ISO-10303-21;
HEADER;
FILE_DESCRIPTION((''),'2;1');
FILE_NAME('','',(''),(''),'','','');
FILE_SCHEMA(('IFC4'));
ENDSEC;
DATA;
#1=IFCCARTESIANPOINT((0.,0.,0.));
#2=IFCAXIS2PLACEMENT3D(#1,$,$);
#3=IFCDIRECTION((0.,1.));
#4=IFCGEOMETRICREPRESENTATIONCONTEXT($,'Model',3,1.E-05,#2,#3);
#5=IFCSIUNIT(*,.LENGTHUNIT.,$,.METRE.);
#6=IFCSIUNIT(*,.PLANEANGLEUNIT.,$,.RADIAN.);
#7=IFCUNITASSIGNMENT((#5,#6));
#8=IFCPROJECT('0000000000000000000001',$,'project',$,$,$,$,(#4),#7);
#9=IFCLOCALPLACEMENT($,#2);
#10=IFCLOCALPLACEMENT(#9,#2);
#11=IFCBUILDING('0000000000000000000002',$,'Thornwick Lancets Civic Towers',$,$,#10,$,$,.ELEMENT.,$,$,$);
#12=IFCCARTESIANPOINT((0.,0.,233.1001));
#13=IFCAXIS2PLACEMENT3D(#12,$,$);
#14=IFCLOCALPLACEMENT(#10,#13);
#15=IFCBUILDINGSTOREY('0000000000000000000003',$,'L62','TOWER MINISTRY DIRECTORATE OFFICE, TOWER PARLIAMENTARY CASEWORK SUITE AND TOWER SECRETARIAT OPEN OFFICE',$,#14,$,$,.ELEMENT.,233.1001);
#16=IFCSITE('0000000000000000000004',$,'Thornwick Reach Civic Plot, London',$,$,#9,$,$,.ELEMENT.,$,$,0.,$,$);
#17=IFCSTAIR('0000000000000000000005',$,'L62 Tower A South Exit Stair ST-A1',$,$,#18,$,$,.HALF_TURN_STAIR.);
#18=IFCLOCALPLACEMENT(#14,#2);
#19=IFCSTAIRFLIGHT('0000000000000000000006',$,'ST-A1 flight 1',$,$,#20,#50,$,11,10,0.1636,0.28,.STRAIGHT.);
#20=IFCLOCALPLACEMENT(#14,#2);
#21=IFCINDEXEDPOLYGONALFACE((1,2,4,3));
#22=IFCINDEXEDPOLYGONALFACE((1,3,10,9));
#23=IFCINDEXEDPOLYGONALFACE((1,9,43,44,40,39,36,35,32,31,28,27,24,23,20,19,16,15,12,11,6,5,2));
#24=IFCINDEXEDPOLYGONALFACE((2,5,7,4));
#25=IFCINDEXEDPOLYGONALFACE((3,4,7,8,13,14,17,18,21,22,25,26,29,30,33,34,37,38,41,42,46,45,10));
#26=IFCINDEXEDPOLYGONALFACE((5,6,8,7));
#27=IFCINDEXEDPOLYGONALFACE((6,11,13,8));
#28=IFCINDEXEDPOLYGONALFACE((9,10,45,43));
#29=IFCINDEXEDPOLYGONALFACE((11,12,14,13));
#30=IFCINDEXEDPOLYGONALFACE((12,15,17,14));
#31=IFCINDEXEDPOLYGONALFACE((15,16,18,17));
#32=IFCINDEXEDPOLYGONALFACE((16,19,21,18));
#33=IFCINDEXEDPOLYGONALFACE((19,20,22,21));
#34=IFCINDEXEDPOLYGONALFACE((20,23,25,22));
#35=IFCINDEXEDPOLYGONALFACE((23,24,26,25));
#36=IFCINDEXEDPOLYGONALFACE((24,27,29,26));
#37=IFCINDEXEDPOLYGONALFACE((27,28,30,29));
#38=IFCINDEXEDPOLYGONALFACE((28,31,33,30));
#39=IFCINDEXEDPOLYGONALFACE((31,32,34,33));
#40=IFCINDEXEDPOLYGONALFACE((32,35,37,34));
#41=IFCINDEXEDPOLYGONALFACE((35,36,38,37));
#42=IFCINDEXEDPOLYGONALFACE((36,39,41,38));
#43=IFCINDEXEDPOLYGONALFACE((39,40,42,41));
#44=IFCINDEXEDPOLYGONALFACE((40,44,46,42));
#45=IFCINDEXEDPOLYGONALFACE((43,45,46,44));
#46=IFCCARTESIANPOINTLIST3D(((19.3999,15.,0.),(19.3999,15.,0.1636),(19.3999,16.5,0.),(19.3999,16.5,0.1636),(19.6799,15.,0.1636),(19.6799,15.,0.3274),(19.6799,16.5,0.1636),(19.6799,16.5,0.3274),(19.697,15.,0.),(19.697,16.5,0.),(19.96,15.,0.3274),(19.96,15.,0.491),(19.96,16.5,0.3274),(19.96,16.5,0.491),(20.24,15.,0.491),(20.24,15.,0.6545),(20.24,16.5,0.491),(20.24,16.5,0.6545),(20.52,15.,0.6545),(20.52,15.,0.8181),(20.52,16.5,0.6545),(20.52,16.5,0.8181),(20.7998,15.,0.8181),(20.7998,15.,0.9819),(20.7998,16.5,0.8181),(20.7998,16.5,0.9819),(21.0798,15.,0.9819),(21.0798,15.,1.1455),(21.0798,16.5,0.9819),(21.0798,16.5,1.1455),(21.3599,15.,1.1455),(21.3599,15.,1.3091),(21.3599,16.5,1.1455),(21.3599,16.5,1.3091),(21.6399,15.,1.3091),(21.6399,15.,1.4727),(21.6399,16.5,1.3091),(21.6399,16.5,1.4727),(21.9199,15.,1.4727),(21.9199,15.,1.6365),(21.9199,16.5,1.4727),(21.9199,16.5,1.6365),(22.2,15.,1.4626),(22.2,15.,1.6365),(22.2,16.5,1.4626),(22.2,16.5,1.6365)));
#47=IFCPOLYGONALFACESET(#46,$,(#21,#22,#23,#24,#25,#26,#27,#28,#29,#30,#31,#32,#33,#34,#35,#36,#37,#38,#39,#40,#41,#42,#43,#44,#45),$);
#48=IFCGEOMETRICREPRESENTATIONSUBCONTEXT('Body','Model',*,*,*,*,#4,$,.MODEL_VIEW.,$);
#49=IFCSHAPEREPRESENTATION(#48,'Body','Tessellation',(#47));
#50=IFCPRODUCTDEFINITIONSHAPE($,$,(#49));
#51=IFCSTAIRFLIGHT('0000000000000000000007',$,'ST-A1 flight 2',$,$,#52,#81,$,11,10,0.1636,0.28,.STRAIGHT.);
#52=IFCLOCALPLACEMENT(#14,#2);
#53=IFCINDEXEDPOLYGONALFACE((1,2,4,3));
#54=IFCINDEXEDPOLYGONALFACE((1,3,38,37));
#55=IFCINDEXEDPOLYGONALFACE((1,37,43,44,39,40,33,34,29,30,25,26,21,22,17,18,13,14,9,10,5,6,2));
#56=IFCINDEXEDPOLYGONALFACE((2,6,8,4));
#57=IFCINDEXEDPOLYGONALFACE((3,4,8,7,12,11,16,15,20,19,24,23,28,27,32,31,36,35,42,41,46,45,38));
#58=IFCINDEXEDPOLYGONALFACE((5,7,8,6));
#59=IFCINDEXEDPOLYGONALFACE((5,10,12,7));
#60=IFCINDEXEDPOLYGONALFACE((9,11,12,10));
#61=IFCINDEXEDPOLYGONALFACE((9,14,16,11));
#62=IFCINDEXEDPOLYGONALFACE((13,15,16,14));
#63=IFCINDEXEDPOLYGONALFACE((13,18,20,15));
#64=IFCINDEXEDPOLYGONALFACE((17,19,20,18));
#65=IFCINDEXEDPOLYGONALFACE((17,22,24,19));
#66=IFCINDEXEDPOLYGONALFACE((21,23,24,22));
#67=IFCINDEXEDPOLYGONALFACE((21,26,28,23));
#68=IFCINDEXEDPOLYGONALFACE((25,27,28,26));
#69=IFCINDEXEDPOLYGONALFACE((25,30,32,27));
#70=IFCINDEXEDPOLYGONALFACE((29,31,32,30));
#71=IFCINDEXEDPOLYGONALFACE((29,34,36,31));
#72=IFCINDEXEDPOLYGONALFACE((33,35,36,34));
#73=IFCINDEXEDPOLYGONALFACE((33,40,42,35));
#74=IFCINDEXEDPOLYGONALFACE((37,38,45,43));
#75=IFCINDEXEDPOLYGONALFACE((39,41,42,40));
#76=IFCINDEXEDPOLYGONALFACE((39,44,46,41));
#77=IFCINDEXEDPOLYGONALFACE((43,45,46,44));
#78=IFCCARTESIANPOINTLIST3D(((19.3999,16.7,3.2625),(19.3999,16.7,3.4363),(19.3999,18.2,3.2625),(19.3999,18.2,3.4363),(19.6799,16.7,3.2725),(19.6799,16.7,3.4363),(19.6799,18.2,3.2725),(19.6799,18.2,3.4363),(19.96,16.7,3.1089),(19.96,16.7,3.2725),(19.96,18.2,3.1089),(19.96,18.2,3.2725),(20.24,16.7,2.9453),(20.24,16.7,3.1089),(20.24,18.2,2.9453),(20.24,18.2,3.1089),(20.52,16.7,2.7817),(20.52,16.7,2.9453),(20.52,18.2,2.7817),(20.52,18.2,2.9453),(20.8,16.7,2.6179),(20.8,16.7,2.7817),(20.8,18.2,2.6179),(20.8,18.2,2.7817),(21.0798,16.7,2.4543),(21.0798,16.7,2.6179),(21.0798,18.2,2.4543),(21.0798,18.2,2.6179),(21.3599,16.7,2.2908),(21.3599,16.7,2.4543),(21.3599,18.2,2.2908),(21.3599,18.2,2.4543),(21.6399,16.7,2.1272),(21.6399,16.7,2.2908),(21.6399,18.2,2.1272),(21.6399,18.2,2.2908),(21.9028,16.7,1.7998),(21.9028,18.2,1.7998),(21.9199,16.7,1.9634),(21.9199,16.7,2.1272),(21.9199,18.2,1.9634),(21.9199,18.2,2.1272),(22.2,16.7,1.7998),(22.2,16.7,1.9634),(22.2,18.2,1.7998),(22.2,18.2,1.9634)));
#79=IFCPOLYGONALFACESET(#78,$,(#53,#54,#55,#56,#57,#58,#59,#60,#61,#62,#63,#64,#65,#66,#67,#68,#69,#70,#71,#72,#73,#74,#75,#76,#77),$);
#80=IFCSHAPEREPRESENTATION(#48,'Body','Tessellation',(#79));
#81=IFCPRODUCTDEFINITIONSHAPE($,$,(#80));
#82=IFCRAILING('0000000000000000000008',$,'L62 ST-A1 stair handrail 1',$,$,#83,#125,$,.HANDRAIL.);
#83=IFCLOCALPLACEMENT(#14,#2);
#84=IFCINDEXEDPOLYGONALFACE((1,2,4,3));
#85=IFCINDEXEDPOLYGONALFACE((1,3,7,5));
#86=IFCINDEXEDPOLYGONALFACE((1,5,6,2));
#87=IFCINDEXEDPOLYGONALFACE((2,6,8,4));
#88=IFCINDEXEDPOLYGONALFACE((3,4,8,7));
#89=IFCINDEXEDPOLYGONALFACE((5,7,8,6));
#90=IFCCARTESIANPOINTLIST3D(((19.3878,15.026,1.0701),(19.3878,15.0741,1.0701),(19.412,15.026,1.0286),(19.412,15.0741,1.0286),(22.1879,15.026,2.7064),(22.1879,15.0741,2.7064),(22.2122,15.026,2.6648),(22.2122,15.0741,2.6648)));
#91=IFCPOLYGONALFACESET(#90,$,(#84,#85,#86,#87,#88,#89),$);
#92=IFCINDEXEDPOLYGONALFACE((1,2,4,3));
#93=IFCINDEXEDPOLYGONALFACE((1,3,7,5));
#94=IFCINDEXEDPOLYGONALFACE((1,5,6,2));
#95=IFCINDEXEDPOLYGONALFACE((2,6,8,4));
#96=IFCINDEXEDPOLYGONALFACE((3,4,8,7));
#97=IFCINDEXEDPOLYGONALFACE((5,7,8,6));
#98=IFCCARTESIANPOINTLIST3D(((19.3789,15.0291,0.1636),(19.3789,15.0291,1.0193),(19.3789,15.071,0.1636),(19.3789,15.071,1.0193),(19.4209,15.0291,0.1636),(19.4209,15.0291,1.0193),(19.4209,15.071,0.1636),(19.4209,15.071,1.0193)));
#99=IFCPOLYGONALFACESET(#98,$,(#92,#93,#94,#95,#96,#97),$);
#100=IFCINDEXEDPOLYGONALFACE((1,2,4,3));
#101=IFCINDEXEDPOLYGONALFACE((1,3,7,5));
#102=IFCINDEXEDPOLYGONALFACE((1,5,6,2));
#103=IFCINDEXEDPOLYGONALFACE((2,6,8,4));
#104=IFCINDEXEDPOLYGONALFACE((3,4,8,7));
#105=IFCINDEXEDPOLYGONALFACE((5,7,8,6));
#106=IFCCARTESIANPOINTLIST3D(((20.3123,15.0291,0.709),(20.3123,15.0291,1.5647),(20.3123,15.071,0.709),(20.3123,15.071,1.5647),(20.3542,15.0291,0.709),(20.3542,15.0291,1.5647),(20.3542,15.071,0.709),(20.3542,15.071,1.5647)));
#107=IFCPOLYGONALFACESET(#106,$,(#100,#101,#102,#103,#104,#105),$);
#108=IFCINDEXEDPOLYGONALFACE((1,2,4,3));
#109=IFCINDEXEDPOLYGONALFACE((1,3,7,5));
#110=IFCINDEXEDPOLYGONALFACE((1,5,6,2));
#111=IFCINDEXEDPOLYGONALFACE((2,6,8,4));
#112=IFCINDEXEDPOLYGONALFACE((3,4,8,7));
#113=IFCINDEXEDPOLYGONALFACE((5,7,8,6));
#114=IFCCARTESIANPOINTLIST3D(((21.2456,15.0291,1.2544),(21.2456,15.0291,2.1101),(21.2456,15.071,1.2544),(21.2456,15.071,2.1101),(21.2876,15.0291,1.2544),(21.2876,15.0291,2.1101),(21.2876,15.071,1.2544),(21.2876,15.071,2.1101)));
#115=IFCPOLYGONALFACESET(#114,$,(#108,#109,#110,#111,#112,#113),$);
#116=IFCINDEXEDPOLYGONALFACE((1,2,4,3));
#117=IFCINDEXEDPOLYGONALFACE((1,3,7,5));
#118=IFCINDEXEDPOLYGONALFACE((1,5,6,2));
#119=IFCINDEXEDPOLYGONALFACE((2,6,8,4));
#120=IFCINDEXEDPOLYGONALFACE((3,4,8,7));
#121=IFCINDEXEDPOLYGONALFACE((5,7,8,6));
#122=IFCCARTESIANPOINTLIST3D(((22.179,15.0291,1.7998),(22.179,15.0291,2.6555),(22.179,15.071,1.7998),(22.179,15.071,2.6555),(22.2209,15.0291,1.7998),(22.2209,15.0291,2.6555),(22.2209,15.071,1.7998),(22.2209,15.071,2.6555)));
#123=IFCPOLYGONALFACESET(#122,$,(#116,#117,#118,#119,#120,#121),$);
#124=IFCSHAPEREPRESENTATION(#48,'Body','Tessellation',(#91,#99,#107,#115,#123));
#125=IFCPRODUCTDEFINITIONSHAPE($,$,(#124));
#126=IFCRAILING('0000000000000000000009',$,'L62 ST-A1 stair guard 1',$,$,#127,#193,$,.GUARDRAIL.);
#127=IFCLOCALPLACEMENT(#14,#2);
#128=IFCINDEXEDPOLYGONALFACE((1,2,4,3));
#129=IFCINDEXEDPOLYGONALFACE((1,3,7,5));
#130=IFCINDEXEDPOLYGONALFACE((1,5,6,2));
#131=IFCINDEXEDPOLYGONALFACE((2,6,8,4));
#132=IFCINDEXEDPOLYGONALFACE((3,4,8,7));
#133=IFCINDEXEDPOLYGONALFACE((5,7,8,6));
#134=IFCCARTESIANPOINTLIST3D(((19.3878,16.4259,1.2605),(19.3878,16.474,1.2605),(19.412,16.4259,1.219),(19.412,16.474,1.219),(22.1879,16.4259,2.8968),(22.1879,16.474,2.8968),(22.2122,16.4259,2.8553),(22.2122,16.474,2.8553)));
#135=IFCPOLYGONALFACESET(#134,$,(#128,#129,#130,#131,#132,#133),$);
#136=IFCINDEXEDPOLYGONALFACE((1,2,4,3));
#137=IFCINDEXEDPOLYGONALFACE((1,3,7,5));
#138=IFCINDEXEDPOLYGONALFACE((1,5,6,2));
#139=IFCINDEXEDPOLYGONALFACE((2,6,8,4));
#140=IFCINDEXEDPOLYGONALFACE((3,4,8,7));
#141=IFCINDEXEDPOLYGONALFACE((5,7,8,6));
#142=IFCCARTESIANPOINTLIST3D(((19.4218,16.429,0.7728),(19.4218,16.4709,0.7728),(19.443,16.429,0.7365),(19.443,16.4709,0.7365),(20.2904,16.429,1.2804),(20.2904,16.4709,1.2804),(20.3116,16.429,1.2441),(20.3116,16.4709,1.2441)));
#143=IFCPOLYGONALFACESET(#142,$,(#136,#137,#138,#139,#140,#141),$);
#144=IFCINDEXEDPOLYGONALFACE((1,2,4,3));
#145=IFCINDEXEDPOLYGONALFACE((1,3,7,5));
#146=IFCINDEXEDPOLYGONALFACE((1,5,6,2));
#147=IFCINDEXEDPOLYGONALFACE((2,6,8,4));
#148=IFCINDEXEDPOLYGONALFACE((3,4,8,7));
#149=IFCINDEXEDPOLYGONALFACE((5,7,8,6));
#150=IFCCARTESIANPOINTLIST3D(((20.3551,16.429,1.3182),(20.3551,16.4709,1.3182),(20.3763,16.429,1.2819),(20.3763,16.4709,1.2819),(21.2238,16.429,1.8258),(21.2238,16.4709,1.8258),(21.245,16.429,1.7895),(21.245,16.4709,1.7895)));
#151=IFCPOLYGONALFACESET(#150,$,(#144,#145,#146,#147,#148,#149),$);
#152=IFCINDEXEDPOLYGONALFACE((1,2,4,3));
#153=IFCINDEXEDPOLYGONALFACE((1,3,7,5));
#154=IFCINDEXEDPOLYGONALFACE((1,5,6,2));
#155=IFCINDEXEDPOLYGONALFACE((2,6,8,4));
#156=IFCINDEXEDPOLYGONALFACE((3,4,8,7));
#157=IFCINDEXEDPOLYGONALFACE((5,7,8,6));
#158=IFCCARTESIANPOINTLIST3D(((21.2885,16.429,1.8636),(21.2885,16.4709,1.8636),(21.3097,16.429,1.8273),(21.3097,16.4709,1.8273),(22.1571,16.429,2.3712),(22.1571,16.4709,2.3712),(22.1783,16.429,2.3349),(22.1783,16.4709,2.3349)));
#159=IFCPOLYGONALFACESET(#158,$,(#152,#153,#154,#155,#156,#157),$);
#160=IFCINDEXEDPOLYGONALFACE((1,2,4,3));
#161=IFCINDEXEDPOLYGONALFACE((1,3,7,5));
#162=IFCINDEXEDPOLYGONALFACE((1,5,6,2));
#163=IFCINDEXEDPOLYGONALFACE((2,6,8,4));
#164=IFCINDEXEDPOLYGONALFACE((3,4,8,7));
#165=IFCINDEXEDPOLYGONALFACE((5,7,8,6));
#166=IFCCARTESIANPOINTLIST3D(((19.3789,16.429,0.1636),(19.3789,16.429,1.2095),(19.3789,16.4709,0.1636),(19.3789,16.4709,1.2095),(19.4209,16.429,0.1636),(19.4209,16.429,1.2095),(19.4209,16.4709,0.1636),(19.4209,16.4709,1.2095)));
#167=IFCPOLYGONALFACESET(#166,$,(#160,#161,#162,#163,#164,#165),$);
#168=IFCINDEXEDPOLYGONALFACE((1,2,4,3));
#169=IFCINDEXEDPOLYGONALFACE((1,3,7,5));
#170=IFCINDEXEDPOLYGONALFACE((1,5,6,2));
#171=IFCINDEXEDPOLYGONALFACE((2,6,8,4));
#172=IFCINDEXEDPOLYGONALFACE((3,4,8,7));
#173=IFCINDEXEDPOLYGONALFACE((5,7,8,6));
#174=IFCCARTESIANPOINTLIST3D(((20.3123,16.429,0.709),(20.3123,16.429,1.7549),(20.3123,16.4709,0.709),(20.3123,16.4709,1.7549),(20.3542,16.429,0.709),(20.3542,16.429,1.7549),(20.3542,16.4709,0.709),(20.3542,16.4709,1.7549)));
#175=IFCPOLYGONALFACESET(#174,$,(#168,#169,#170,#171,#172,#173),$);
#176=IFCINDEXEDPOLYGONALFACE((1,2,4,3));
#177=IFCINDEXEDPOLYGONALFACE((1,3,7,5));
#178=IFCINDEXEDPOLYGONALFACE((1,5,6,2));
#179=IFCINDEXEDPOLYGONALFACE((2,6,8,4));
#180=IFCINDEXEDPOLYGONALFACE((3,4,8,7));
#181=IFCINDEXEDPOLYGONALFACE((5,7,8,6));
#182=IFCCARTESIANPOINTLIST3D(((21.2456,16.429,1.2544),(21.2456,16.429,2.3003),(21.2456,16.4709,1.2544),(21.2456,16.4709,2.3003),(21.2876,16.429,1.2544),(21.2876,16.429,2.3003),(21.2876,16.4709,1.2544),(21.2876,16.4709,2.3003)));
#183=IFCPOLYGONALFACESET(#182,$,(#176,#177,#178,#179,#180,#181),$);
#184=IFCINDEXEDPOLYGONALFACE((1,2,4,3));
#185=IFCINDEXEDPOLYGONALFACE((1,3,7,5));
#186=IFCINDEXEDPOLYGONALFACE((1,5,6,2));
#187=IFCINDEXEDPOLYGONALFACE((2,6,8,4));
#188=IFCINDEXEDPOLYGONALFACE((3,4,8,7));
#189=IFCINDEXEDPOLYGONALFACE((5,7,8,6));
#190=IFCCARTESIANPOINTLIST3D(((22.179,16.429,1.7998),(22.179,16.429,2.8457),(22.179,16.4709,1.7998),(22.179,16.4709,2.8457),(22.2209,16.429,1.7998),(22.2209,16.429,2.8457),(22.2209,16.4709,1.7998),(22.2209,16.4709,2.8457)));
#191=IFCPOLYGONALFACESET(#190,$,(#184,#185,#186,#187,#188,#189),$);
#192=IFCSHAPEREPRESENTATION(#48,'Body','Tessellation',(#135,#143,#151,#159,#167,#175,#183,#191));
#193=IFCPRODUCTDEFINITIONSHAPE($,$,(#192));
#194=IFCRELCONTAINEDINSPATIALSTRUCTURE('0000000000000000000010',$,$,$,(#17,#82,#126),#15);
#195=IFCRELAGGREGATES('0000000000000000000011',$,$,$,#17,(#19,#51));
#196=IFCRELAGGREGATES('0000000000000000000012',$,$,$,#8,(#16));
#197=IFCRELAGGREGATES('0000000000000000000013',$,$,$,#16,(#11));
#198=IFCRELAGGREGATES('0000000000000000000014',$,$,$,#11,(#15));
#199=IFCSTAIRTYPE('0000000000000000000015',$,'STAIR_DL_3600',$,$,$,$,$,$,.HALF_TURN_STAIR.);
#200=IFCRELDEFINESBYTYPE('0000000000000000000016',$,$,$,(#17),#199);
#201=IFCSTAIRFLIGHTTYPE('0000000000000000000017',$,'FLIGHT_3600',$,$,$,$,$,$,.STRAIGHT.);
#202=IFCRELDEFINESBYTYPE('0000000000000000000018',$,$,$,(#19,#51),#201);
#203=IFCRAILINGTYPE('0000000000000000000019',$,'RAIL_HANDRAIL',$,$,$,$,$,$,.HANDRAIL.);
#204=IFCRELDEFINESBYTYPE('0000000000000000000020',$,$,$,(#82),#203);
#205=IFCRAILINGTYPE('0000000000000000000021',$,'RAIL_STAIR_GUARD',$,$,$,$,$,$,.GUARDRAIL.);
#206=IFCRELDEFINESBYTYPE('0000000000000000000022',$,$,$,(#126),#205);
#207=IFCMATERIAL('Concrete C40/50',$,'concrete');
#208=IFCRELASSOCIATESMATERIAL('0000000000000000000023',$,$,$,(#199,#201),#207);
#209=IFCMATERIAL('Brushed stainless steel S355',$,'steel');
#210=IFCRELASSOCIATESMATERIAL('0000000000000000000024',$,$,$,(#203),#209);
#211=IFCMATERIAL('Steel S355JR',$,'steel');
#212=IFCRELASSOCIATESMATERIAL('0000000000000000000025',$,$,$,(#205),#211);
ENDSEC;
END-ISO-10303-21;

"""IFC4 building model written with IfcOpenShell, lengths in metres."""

from ifc_helpers import new_model, si_unit, direction, frame, origin, origin_2d, place, context, subcontext, project, spatial, polyline, rectangle, outline, extrude, material, type_object, element, aggregate, save


model = new_model("IFC4")

# Units and contexts
model_context = context("Model", 3, precision=1e-05, world=origin(), true_north=direction((0.0, 1.0)))
body_context = subcontext(model_context, "Body", "Model", "MODEL_VIEW")
ifc_project = project(units=[si_unit("LENGTHUNIT", "METRE"), si_unit("PLANEANGLEUNIT", "RADIAN")], contexts=[model_context])

# Site, building, storey
site_placement = place(None, origin())
site = spatial("IfcSite", under=ifc_project, at=site_placement, Name="Thornwick Reach Civic Plot, London", CompositionType="ELEMENT", RefElevation=0.0)
building_placement = place(site_placement, origin())
building = spatial("IfcBuilding", under=site, at=building_placement, Name="Thornwick Lancets Civic Towers", CompositionType="ELEMENT")
storey_placement = place(building_placement, frame((0.0, 0.0, 233.1001)))
storey = spatial("IfcBuildingStorey", under=building, at=storey_placement, Name="L62", Description="TOWER MINISTRY DIRECTORATE OFFICE, TOWER PARLIAMENTARY CASEWORK SUITE AND TOWER SECRETARIAT OPEN OFFICE", CompositionType="ELEMENT", Elevation=233.1001)

# Shared definitions
ifc_material_1 = material(Name="Concrete C40/50", Category="concrete")

# Stair, stair flights
stair_type = type_object("IfcStairType", Name="STAIR_DL_3600", PredefinedType="HALF_TURN_STAIR", material=ifc_material_1)
stair_placement = place(storey_placement, origin())
stair = element("IfcStair", 1, at=stair_placement, inside=storey, type_object=stair_type, Name="L62 Tower A South Exit Stair ST-A1", PredefinedType="HALF_TURN_STAIR")
stair_flight_type = type_object("IfcStairFlightType", Name="FLIGHT_3600", PredefinedType="STRAIGHT", material=ifc_material_1)
stair_flight_1_placement = place(storey_placement, frame((19.3999, 15.75, 0.0), z_axis=(0.0, 0.0, 1.0), x_axis=(1.0, 0.0, 0.0)))
stair_flight_1 = element("IfcStairFlight", 2, at=stair_flight_1_placement, type_object=stair_flight_type, Name="ST-A1 flight 1", NumberOfRisers=11, NumberOfTreads=10, PredefinedType="STRAIGHT", RiserHeight=0.1636, TreadLength=0.28, context=body_context, shape_type="SweptSolid", body=[
    extrude(outline(polyline([(0.0, 0.0), (0.0, 0.1636), (0.28, 0.1636), (0.28, 0.3274), (0.5601, 0.3274), (0.5601, 0.491), (0.8401, 0.491), (0.8401, 0.6545), (1.1201, 0.6545), (1.1201, 0.8181), (1.3999, 0.8181), (1.3999, 0.9819), (1.6799, 0.9819), (1.6799, 1.1455), (1.96, 1.1455), (1.96, 1.3091), (2.24, 1.3091), (2.24, 1.4727), (2.52, 1.4727), (2.52, 1.6365), (2.8, 1.6365), (2.8, 1.8), (2.8, 1.4626), (0.2971, 0.0), (0.0, 0.0)])), frame((0.0, 0.75, 0.0), z_axis=(0.0, -1.0, 0.0), x_axis=(1.0, 0.0, 0.0)), (0.0, 0.0, 1.0), 1.5),
])
stair_flight_2_placement = place(storey_placement, frame((22.2, 17.45, 1.7998), z_axis=(0.0, 0.0, 1.0), x_axis=(-1.0, 0.0, 0.0)))
stair_flight_2 = element("IfcStairFlight", 3, at=stair_flight_2_placement, type_object=stair_flight_type, Name="ST-A1 flight 2", NumberOfRisers=11, NumberOfTreads=10, PredefinedType="STRAIGHT", RiserHeight=0.1636, TreadLength=0.28, context=body_context, shape_type="SweptSolid", body=[
    extrude(outline(polyline([(0.0, 0.0), (0.0, 0.1636), (0.28, 0.1636), (0.28, 0.3274), (0.5601, 0.3274), (0.5601, 0.491), (0.8401, 0.491), (0.8401, 0.6545), (1.1201, 0.6545), (1.1201, 0.8181), (1.3999, 0.8181), (1.3999, 0.9819), (1.6799, 0.9819), (1.6799, 1.1455), (1.96, 1.1455), (1.96, 1.3091), (2.24, 1.3091), (2.24, 1.4727), (2.52, 1.4727), (2.52, 1.6365), (2.8, 1.6365), (2.8, 1.8), (2.8, 1.4626), (0.2971, 0.0), (0.0, 0.0)])), frame((0.0, 0.75, 0.0), z_axis=(0.0, -1.0, 0.0), x_axis=(1.0, 0.0, 0.0)), (0.0, 0.0, 1.0), 1.5),
])
aggregate(stair, [stair_flight_1, stair_flight_2])

# Railings
ifc_material_2 = material(Name="Brushed stainless steel S355", Category="steel")
railing_type_1 = type_object("IfcRailingType", Name="RAIL_HANDRAIL", PredefinedType="HANDRAIL", material=ifc_material_2)
railing_1_placement = place(storey_placement, frame((19.3999, 15.05, 0.1636)))
element("IfcRailing", 4, at=railing_1_placement, inside=storey, type_object=railing_type_1, Name="L62 ST-A1 stair handrail 1", PredefinedType="HANDRAIL", context=body_context, shape_type="SweptSolid", body=[
    extrude(rectangle(XDim=0.0481, YDim=0.0481, at=origin_2d()), frame((0.0, 0.0, 0.8857), z_axis=(0.863394, 0.0, 0.504531), x_axis=(0.0, 1.0, 0.0)), (0.0, 0.0, 1.0), 3.2432),
    extrude(rectangle(XDim=0.042, YDim=0.042, at=origin_2d()), origin(), (0.0, 0.0, 1.0), 0.8557),
    extrude(rectangle(XDim=0.042, YDim=0.042, at=origin_2d()), frame((0.9333, 0.0, 0.5454)), (0.0, 0.0, 1.0), 0.8557),
    extrude(rectangle(XDim=0.042, YDim=0.042, at=origin_2d()), frame((1.8667, 0.0, 1.0908)), (0.0, 0.0, 1.0), 0.8557),
    extrude(rectangle(XDim=0.042, YDim=0.042, at=origin_2d()), frame((2.8, 0.0, 1.6362)), (0.0, 0.0, 1.0), 0.8557),
])
ifc_material_3 = material(Name="Steel S355JR", Category="steel")
railing_type_2 = type_object("IfcRailingType", Name="RAIL_STAIR_GUARD", PredefinedType="GUARDRAIL", material=ifc_material_3)
railing_2_placement = place(storey_placement, frame((19.3999, 16.45, 0.1636)))
element("IfcRailing", 5, at=railing_2_placement, inside=storey, type_object=railing_type_2, Name="L62 ST-A1 stair guard 1", PredefinedType="GUARDRAIL", context=body_context, shape_type="SweptSolid", body=[
    extrude(rectangle(XDim=0.0481, YDim=0.0481, at=origin_2d()), frame((0.0, 0.0, 1.0762), z_axis=(0.863394, 0.0, 0.504531), x_axis=(0.0, 1.0, 0.0)), (0.0, 0.0, 1.0), 3.2432),
    extrude(rectangle(XDim=0.042, YDim=0.042, at=origin_2d()), frame((0.0325, 0.0, 0.5911), z_axis=(0.863394, 0.0, 0.504531), x_axis=(0.0, 1.0, 0.0)), (0.0, 0.0, 1.0), 1.0061),
    extrude(rectangle(XDim=0.042, YDim=0.042, at=origin_2d()), frame((0.9658, 0.0, 1.1365), z_axis=(0.863394, 0.0, 0.504531), x_axis=(0.0, 1.0, 0.0)), (0.0, 0.0, 1.0), 1.0061),
    extrude(rectangle(XDim=0.042, YDim=0.042, at=origin_2d()), frame((1.8992, 0.0, 1.6819), z_axis=(0.863394, 0.0, 0.504531), x_axis=(0.0, 1.0, 0.0)), (0.0, 0.0, 1.0), 1.0061),
    extrude(rectangle(XDim=0.042, YDim=0.042, at=origin_2d()), origin(), (0.0, 0.0, 1.0), 1.0459),
    extrude(rectangle(XDim=0.042, YDim=0.042, at=origin_2d()), frame((0.9333, 0.0, 0.5454)), (0.0, 0.0, 1.0), 1.0459),
    extrude(rectangle(XDim=0.042, YDim=0.042, at=origin_2d()), frame((1.8667, 0.0, 1.0908)), (0.0, 0.0, 1.0), 1.0459),
    extrude(rectangle(XDim=0.042, YDim=0.042, at=origin_2d()), frame((2.8, 0.0, 1.6362)), (0.0, 0.0, 1.0), 1.0459),
])

save(model, "model.ifc")
